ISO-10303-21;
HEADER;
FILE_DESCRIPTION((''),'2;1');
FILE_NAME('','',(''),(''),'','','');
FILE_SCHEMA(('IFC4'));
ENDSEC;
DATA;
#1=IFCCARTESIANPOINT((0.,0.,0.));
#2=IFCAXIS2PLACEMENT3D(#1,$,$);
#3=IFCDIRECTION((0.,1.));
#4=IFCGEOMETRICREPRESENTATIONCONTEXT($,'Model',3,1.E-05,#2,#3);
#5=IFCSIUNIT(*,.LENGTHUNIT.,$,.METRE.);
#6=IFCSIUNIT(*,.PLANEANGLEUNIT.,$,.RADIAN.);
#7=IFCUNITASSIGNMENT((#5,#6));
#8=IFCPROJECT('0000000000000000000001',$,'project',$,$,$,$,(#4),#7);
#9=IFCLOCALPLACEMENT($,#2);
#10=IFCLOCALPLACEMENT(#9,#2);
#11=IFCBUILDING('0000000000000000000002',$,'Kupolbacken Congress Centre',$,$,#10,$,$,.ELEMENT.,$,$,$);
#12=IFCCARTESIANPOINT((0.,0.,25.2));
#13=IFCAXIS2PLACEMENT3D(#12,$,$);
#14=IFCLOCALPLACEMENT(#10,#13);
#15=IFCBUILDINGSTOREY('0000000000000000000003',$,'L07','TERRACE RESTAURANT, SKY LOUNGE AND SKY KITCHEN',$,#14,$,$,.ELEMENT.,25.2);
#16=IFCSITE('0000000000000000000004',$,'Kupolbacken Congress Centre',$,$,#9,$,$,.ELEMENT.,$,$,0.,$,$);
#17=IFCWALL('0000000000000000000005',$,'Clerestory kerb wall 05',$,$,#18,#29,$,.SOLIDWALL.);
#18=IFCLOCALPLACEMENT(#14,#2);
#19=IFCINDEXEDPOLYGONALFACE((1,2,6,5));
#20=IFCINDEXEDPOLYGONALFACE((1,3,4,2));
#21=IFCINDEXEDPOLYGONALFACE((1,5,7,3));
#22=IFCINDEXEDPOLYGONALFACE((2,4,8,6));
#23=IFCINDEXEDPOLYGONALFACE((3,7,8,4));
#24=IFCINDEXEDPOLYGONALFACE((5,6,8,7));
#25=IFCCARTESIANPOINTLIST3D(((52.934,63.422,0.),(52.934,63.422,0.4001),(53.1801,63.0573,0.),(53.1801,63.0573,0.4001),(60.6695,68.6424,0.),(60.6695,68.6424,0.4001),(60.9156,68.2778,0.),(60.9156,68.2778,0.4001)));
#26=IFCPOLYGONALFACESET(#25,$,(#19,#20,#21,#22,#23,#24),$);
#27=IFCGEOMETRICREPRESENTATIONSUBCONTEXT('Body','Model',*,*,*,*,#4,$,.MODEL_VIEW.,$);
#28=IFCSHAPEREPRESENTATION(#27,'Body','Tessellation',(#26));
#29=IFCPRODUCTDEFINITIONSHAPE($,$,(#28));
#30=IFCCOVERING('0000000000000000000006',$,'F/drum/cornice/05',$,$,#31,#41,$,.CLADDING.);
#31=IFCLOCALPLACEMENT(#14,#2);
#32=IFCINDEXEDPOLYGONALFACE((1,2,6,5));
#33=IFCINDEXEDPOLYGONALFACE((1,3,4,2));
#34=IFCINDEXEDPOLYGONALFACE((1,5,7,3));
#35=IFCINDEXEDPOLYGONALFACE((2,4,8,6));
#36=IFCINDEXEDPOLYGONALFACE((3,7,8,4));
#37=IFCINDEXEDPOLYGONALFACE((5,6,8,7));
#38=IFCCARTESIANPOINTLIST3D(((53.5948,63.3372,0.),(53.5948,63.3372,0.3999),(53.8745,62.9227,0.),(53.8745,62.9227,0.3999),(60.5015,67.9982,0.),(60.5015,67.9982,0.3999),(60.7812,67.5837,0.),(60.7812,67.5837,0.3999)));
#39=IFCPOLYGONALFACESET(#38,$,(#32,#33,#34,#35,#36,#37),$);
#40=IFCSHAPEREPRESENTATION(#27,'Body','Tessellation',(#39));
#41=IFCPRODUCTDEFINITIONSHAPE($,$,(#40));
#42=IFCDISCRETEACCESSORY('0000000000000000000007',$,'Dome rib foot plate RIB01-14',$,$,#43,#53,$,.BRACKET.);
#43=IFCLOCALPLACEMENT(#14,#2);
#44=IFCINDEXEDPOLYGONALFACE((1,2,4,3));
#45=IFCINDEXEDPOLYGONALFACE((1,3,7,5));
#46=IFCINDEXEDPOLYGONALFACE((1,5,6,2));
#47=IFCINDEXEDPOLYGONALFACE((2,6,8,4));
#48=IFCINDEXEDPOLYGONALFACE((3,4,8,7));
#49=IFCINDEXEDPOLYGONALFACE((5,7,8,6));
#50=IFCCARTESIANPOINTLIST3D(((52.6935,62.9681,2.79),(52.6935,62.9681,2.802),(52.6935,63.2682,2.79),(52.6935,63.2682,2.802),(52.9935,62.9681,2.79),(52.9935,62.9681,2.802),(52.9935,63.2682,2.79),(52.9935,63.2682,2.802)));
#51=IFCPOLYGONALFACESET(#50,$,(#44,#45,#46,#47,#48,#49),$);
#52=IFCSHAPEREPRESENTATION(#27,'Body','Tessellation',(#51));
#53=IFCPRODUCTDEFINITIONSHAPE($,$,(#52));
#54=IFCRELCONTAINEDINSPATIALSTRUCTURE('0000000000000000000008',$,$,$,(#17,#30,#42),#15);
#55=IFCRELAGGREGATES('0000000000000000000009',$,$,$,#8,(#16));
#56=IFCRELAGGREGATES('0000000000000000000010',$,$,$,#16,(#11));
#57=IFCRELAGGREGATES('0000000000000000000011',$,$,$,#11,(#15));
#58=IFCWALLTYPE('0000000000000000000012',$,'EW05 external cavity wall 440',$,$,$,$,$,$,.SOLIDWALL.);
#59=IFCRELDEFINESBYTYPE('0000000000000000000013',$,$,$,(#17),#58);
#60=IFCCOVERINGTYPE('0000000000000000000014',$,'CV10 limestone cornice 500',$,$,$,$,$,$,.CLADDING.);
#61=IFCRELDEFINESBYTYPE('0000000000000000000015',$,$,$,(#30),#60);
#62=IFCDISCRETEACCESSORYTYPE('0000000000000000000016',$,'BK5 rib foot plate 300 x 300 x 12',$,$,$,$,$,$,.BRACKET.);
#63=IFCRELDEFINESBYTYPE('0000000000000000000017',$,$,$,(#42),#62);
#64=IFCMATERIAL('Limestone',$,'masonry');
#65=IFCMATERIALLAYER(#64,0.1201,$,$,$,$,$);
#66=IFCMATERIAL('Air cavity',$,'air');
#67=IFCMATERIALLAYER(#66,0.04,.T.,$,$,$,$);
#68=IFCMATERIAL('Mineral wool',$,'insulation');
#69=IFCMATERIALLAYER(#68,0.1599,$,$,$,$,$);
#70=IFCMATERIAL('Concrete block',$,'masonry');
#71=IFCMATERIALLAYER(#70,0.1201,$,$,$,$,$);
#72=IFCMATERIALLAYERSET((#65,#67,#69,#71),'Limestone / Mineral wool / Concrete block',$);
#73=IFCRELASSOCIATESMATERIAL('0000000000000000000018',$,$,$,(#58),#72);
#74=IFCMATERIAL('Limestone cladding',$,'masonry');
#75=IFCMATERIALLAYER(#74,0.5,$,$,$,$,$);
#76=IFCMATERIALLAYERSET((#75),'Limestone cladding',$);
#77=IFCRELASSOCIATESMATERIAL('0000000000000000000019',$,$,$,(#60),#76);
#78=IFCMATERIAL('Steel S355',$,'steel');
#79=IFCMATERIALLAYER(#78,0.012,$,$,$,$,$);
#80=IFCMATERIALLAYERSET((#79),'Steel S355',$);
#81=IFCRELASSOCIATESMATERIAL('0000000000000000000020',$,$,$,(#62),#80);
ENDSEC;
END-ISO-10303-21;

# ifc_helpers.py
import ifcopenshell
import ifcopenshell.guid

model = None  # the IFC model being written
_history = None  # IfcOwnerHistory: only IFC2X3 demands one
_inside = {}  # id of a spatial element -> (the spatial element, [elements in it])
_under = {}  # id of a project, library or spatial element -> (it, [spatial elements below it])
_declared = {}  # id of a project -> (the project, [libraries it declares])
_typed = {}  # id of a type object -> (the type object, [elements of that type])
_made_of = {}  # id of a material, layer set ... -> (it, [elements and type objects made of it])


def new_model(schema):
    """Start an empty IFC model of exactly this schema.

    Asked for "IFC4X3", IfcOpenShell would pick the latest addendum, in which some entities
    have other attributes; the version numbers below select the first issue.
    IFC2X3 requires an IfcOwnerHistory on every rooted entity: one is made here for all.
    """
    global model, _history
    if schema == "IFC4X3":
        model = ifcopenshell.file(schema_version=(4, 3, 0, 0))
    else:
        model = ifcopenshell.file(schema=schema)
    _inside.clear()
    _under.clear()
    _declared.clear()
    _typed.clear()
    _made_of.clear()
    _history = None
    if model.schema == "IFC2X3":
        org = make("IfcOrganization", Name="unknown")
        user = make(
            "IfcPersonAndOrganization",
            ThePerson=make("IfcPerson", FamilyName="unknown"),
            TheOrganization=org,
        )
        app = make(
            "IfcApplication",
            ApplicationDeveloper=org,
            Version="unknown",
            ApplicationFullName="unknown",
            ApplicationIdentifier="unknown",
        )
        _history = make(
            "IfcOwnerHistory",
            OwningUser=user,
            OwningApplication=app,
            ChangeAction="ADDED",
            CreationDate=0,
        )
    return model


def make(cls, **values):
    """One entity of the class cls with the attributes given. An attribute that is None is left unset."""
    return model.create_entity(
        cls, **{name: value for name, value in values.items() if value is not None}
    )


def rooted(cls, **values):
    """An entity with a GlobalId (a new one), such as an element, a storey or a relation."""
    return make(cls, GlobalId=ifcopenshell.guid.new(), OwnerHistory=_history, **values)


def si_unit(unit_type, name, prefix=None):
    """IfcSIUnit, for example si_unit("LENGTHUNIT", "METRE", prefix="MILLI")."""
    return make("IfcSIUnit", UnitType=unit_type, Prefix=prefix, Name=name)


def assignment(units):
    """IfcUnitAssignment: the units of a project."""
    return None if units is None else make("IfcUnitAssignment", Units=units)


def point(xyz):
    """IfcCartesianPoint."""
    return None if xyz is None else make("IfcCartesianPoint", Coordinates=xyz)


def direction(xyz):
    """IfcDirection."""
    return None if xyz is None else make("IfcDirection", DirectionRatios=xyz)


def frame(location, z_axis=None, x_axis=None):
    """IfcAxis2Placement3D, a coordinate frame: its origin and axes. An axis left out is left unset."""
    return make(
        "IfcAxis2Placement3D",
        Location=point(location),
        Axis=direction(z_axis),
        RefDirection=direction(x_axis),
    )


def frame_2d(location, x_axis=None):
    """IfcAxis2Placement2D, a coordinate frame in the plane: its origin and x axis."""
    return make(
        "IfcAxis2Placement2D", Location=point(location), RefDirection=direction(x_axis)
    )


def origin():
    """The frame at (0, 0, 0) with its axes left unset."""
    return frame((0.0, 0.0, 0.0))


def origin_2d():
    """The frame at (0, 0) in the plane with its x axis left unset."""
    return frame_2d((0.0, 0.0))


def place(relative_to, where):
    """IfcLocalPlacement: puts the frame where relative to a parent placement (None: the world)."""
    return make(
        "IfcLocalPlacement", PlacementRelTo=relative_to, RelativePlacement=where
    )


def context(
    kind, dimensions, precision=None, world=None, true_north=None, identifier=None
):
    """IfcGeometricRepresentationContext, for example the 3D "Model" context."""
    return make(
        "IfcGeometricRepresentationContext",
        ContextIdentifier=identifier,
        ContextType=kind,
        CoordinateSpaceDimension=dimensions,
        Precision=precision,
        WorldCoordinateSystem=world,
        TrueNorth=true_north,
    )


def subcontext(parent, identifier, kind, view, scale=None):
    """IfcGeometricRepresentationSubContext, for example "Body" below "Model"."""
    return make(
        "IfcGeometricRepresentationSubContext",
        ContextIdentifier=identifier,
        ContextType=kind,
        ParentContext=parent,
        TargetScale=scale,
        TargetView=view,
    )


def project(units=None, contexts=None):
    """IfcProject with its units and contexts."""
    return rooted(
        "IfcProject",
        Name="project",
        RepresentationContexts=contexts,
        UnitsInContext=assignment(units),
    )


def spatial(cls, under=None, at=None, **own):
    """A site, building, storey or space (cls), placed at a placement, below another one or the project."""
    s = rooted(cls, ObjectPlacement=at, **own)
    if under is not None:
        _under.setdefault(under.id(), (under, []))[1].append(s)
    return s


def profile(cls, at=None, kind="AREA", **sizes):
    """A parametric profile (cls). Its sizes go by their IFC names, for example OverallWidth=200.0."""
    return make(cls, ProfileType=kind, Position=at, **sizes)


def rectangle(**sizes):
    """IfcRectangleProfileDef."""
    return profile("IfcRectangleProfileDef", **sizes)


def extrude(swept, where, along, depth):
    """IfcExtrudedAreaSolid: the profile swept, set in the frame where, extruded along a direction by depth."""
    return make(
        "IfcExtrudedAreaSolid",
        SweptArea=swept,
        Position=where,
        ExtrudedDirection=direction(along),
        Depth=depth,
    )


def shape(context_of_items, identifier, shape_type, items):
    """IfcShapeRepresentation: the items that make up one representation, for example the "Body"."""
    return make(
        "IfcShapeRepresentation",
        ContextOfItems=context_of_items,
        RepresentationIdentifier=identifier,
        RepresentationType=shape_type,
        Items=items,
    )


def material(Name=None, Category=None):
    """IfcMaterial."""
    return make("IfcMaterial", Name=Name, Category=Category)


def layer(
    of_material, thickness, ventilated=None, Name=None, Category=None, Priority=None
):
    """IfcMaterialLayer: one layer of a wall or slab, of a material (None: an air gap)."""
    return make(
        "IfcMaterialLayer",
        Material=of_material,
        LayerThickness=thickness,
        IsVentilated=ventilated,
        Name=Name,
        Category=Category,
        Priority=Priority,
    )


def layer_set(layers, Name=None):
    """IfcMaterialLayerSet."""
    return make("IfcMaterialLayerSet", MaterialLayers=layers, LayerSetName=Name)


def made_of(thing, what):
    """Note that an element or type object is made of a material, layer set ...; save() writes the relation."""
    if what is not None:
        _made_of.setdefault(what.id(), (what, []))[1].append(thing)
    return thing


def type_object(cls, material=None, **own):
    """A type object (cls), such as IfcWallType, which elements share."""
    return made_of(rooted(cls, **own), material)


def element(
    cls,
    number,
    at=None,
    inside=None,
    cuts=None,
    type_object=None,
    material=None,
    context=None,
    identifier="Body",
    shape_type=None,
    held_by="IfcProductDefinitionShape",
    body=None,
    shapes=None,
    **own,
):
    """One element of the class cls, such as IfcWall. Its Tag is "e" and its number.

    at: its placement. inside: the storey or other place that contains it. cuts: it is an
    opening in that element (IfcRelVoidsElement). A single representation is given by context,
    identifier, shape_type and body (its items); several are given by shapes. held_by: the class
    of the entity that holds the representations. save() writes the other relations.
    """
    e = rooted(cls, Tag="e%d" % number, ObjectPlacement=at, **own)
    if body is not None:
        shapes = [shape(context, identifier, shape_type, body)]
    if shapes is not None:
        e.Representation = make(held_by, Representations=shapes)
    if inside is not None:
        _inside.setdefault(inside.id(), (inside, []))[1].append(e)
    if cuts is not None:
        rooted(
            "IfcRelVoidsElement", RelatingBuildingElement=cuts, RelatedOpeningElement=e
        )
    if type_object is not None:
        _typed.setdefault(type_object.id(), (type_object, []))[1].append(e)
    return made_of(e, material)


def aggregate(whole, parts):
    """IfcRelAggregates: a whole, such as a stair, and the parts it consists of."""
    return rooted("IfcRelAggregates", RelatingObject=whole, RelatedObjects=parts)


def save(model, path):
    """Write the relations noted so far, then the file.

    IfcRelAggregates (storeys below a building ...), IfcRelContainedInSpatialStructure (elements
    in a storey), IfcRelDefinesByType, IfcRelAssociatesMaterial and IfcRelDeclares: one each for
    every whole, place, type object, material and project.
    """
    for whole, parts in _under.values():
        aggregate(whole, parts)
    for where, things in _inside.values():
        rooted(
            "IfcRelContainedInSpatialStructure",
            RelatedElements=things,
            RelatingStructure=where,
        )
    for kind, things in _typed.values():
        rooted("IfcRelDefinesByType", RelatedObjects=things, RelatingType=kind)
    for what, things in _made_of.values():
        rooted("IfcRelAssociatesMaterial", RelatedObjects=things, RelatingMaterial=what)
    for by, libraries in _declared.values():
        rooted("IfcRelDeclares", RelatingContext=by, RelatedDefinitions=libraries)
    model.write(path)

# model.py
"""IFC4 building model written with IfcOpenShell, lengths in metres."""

from ifc_helpers import new_model, si_unit, direction, frame, frame_2d, origin, origin_2d, place, context, subcontext, project, spatial, rectangle, extrude, material, layer, layer_set, type_object, element, save


model = new_model("IFC4")

# Units and contexts
model_context = context("Model", 3, precision=1e-05, world=origin(), true_north=direction((0.0, 1.0)))
body_context = subcontext(model_context, "Body", "Model", "MODEL_VIEW")
ifc_project = project(units=[si_unit("LENGTHUNIT", "METRE"), si_unit("PLANEANGLEUNIT", "RADIAN")], contexts=[model_context])

# Site, building, storey
site_placement = place(None, origin())
site = spatial("IfcSite", under=ifc_project, at=site_placement, Name="Kupolbacken Congress Centre", CompositionType="ELEMENT", RefElevation=0.0)
building_placement = place(site_placement, origin())
building = spatial("IfcBuilding", under=site, at=building_placement, Name="Kupolbacken Congress Centre", CompositionType="ELEMENT")
storey_placement = place(building_placement, frame((0.0, 0.0, 25.2)))
storey = spatial("IfcBuildingStorey", under=building, at=storey_placement, Name="L07", Description="TERRACE RESTAURANT, SKY LOUNGE AND SKY KITCHEN", CompositionType="ELEMENT", Elevation=25.2)

# Wall
ifc_material_1 = material(Name="Limestone", Category="masonry")
ifc_layer_1 = layer(ifc_material_1, 0.1201)
ifc_material_2 = material(Name="Air cavity", Category="air")
ifc_layer_2 = layer(ifc_material_2, 0.04, ventilated=True)
ifc_material_3 = material(Name="Mineral wool", Category="insulation")
ifc_layer_3 = layer(ifc_material_3, 0.1599)
ifc_material_4 = material(Name="Concrete block", Category="masonry")
ifc_layer_4 = layer(ifc_material_4, 0.1201)
ifc_layer_set_1 = layer_set([ifc_layer_1, ifc_layer_2, ifc_layer_3, ifc_layer_4], Name="Limestone / Mineral wool / Concrete block")
wall_type = type_object("IfcWallType", Name="EW05 external cavity wall 440", PredefinedType="SOLIDWALL", material=ifc_layer_set_1)
wall_placement = place(storey_placement, frame((53.0571, 63.2397, 0.0), z_axis=(0.0, 0.0, 1.0), x_axis=(0.828902, 0.559394, 0.0)))
element("IfcWall", 1, at=wall_placement, inside=storey, type_object=wall_type, Name="Clerestory kerb wall 05", PredefinedType="SOLIDWALL", context=body_context, shape_type="SweptSolid", body=[
    extrude(rectangle(XDim=9.3323, YDim=0.4399, at=frame_2d((4.666, 0.0))), origin(), (0.0, 0.0, 1.0), 0.4001),
])

# Covering
ifc_material_5 = material(Name="Limestone cladding", Category="masonry")
ifc_layer_5 = layer(ifc_material_5, 0.5)
ifc_layer_set_2 = layer_set([ifc_layer_5], Name="Limestone cladding")
covering_type = type_object("IfcCoveringType", Name="CV10 limestone cornice 500", PredefinedType="CLADDING", material=ifc_layer_set_2)
covering_placement = place(storey_placement, frame((57.188, 65.4604, 0.0), z_axis=(0.0, 0.0, 1.0), x_axis=(0.828908, 0.559386, 0.0)))
element("IfcCovering", 2, at=covering_placement, inside=storey, type_object=covering_type, Name="F/drum/cornice/05", PredefinedType="CLADDING", context=body_context, shape_type="SweptSolid", body=[
    extrude(rectangle(XDim=8.3323, YDim=0.5, at=origin_2d()), origin(), (0.0, 0.0, 1.0), 0.3999),
])

# Discrete accessory
ifc_material_6 = material(Name="Steel S355", Category="steel")
ifc_layer_6 = layer(ifc_material_6, 0.012)
ifc_layer_set_3 = layer_set([ifc_layer_6], Name="Steel S355")
discrete_accessory_type = type_object("IfcDiscreteAccessoryType", Name="BK5 rib foot plate 300 x 300 x 12", PredefinedType="BRACKET", material=ifc_layer_set_3)
discrete_accessory_placement = place(storey_placement, frame((52.8435, 63.1182, 2.79), z_axis=(0.0, 0.0, 1.0), x_axis=(1.0, 0.0, 0.0)))
element("IfcDiscreteAccessory", 3, at=discrete_accessory_placement, inside=storey, type_object=discrete_accessory_type, Name="Dome rib foot plate RIB01-14", PredefinedType="BRACKET", context=body_context, shape_type="SweptSolid", body=[
    extrude(rectangle(XDim=0.3, YDim=0.3, at=origin_2d()), origin(), (0.0, 0.0, 1.0), 0.012),
])

save(model, "model.ifc")
